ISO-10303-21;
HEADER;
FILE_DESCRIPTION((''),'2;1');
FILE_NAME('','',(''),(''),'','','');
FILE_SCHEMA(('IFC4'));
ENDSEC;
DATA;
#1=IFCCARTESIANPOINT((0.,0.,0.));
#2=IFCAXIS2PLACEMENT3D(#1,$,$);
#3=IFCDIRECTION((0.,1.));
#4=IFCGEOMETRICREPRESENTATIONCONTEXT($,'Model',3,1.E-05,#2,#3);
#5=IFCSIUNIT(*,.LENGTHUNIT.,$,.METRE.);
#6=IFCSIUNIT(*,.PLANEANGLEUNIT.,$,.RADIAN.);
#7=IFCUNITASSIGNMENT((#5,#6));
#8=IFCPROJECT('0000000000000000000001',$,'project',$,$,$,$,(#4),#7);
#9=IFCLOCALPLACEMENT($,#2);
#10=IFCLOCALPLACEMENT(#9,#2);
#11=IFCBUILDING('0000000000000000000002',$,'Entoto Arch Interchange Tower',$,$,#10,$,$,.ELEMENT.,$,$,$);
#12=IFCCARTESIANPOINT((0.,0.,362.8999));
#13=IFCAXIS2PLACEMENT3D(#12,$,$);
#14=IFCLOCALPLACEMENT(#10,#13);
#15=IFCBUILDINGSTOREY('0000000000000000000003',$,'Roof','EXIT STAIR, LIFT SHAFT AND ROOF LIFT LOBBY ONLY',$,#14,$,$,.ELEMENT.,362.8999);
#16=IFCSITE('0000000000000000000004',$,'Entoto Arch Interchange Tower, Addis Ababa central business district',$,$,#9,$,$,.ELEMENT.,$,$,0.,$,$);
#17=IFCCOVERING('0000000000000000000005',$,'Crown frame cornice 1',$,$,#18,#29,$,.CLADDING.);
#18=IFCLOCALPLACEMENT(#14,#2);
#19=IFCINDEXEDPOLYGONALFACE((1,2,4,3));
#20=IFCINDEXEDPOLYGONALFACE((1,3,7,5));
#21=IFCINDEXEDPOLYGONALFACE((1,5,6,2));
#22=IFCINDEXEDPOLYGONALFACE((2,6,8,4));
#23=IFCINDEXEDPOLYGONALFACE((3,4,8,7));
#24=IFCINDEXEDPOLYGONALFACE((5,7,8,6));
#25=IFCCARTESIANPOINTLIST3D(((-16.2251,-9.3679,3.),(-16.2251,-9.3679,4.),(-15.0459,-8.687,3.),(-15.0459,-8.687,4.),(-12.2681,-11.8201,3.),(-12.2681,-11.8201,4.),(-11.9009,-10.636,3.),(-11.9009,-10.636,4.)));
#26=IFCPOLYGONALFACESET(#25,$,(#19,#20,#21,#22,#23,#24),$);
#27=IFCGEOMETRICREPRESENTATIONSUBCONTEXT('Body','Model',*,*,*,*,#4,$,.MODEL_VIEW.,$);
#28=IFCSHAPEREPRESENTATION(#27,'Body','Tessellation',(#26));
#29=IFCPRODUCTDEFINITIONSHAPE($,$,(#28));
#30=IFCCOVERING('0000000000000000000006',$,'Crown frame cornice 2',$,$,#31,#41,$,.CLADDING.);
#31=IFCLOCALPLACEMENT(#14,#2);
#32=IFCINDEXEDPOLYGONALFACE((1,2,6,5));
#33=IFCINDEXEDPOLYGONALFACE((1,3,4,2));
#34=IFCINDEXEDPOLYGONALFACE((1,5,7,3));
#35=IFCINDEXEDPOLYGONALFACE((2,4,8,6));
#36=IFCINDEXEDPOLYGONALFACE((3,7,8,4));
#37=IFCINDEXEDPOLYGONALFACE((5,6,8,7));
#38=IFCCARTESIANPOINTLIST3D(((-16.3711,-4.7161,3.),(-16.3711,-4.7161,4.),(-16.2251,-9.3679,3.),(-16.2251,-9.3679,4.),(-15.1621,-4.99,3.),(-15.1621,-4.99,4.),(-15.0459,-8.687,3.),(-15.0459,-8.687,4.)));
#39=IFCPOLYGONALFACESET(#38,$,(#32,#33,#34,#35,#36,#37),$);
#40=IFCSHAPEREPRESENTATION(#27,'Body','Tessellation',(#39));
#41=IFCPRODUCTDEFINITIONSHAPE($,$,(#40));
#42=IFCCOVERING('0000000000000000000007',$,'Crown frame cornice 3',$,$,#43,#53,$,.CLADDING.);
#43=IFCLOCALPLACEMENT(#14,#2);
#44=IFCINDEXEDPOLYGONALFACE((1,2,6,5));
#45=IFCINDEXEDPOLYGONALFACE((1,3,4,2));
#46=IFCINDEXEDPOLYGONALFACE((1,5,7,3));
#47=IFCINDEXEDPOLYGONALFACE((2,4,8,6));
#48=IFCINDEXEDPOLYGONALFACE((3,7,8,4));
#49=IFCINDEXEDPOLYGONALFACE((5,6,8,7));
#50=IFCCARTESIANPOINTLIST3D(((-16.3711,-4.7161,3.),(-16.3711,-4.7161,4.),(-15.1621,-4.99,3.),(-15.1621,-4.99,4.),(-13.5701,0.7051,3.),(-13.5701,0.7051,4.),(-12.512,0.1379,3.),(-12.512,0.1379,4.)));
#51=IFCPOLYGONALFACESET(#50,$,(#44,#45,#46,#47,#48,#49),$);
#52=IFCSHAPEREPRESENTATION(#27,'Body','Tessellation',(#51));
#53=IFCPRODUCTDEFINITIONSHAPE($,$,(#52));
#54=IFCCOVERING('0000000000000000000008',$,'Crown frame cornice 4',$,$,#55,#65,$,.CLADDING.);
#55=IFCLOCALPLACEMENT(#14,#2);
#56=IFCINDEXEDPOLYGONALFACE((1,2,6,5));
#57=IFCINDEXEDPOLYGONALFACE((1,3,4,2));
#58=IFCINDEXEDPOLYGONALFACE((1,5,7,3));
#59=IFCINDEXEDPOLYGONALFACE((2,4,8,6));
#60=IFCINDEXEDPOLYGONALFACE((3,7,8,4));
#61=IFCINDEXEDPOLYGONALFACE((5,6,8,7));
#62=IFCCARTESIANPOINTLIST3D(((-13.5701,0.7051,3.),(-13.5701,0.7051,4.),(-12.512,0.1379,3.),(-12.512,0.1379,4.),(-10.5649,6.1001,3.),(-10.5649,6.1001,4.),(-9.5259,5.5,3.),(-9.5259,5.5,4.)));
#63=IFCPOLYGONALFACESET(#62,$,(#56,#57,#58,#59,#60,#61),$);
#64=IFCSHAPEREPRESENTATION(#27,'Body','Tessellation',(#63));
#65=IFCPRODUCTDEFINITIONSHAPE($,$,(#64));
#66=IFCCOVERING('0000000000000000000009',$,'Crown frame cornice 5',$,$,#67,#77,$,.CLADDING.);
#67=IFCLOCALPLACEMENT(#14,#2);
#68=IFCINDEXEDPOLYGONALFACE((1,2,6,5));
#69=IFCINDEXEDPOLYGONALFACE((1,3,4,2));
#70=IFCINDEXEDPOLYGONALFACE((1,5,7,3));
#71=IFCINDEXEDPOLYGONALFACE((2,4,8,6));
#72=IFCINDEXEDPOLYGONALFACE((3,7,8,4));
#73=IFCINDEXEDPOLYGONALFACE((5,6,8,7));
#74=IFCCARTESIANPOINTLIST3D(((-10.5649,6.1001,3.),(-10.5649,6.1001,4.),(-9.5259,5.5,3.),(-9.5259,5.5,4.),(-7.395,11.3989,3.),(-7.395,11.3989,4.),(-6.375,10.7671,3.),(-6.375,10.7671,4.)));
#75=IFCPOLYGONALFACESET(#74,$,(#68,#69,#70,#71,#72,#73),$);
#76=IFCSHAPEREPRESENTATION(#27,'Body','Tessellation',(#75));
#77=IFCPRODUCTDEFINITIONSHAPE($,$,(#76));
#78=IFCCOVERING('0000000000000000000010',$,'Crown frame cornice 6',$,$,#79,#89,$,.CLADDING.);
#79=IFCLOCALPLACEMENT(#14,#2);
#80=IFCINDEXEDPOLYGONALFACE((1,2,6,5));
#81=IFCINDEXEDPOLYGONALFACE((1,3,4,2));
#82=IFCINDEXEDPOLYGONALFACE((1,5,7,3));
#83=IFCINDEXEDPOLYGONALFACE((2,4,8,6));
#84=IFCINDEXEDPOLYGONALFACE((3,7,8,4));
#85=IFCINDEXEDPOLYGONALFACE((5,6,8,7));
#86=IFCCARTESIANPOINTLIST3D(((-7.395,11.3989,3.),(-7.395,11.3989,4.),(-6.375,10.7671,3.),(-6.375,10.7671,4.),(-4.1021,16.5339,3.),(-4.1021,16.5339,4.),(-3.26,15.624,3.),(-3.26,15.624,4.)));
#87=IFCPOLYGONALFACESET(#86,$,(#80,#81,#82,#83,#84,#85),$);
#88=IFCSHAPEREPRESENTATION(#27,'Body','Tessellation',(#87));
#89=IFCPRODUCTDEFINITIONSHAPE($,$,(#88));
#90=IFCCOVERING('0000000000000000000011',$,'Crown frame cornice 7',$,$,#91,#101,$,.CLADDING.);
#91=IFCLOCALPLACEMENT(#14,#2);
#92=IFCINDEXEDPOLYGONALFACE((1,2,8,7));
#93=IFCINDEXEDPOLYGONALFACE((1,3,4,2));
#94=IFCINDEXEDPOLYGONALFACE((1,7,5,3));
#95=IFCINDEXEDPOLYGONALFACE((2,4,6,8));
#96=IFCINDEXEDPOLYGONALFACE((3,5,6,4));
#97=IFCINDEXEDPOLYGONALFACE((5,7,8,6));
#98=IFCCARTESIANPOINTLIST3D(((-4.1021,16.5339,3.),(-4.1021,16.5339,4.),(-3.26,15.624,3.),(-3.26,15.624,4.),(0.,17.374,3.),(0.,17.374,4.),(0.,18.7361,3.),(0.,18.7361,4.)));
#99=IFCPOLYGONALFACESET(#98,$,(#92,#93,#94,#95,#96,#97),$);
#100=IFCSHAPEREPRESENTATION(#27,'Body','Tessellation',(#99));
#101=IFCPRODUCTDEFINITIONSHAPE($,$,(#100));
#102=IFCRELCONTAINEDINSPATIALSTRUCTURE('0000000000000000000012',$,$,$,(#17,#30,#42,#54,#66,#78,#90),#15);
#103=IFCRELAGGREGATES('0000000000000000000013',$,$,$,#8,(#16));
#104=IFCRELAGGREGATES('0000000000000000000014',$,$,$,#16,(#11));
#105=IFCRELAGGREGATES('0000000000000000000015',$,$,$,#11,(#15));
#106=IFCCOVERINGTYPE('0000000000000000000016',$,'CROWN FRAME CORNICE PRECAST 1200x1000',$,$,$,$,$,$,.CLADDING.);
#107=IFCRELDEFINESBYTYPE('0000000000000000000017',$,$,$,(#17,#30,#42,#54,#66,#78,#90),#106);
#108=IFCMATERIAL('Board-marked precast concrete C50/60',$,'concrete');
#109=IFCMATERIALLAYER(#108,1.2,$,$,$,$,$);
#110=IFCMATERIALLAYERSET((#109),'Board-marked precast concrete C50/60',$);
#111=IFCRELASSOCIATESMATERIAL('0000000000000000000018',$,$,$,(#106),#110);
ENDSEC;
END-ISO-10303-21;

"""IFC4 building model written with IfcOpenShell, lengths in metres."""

from ifc_helpers import new_model, si_unit, direction, frame, origin, place, context, subcontext, project, spatial, polyline, outline, extrude, material, layer, layer_set, type_object, element, save


model = new_model("IFC4")

# Units and contexts
model_context = context("Model", 3, precision=1e-05, world=origin(), true_north=direction((0.0, 1.0)))
body_context = subcontext(model_context, "Body", "Model", "MODEL_VIEW")
ifc_project = project(units=[si_unit("LENGTHUNIT", "METRE"), si_unit("PLANEANGLEUNIT", "RADIAN")], contexts=[model_context])

# Site, building, storey
site_placement = place(None, origin())
site = spatial("IfcSite", under=ifc_project, at=site_placement, Name="Entoto Arch Interchange Tower, Addis Ababa central business district", CompositionType="ELEMENT", RefElevation=0.0)
building_placement = place(site_placement, origin())
building = spatial("IfcBuilding", under=site, at=building_placement, Name="Entoto Arch Interchange Tower", CompositionType="ELEMENT")
storey_placement = place(building_placement, frame((0.0, 0.0, 362.8999)))
storey = spatial("IfcBuildingStorey", under=building, at=storey_placement, Name="Roof", Description="EXIT STAIR, LIFT SHAFT AND ROOF LIFT LOBBY ONLY", CompositionType="ELEMENT", Elevation=362.8999)

# Shared definitions
ifc_material_1 = material(Name="Board-marked precast concrete C50/60", Category="concrete")

# Coverings
ifc_layer_1 = layer(ifc_material_1, 1.2)
ifc_layer_set_1 = layer_set([ifc_layer_1], Name="Board-marked precast concrete C50/60")
covering_type = type_object("IfcCoveringType", Name="CROWN FRAME CORNICE PRECAST 1200x1000", PredefinedType="CLADDING", material=ifc_layer_set_1)
covering_1_placement = place(storey_placement, frame((0.0, 0.0, 3.0)))
element("IfcCovering", 1, at=covering_1_placement, inside=storey, type_object=covering_type, Name="Crown frame cornice 1", PredefinedType="CLADDING", context=body_context, shape_type="SweptSolid", body=[
    extrude(outline(polyline([(-12.2681, -11.8201), (-16.2251, -9.3679), (-15.0459, -8.687), (-11.9009, -10.636), (-12.2681, -11.8201)])), origin(), (0.0, 0.0, 1.0), 1.0),
])
covering_2_placement = place(storey_placement, frame((0.0, 0.0, 3.0)))
element("IfcCovering", 2, at=covering_2_placement, inside=storey, type_object=covering_type, Name="Crown frame cornice 2", PredefinedType="CLADDING", context=body_context, shape_type="SweptSolid", body=[
    extrude(outline(polyline([(-16.2251, -9.3679), (-16.3711, -4.7161), (-15.1621, -4.99), (-15.0459, -8.687), (-16.2251, -9.3679)])), origin(), (0.0, 0.0, 1.0), 1.0),
])
covering_3_placement = place(storey_placement, frame((0.0, 0.0, 3.0)))
element("IfcCovering", 3, at=covering_3_placement, inside=storey, type_object=covering_type, Name="Crown frame cornice 3", PredefinedType="CLADDING", context=body_context, shape_type="SweptSolid", body=[
    extrude(outline(polyline([(-16.3711, -4.7161), (-13.5701, 0.7051), (-12.512, 0.1379), (-15.1621, -4.99), (-16.3711, -4.7161)])), origin(), (0.0, 0.0, 1.0), 1.0),
])
covering_4_placement = place(storey_placement, frame((0.0, 0.0, 3.0)))
element("IfcCovering", 4, at=covering_4_placement, inside=storey, type_object=covering_type, Name="Crown frame cornice 4", PredefinedType="CLADDING", context=body_context, shape_type="SweptSolid", body=[
    extrude(outline(polyline([(-13.5701, 0.7051), (-10.5649, 6.1001), (-9.5259, 5.5), (-12.512, 0.1379), (-13.5701, 0.7051)])), origin(), (0.0, 0.0, 1.0), 1.0),
])
covering_5_placement = place(storey_placement, frame((0.0, 0.0, 3.0)))
element("IfcCovering", 5, at=covering_5_placement, inside=storey, type_object=covering_type, Name="Crown frame cornice 5", PredefinedType="CLADDING", context=body_context, shape_type="SweptSolid", body=[
    extrude(outline(polyline([(-10.5649, 6.1001), (-7.395, 11.3989), (-6.375, 10.7671), (-9.5259, 5.5), (-10.5649, 6.1001)])), origin(), (0.0, 0.0, 1.0), 1.0),
])
covering_6_placement = place(storey_placement, frame((0.0, 0.0, 3.0)))
element("IfcCovering", 6, at=covering_6_placement, inside=storey, type_object=covering_type, Name="Crown frame cornice 6", PredefinedType="CLADDING", context=body_context, shape_type="SweptSolid", body=[
    extrude(outline(polyline([(-7.395, 11.3989), (-4.1021, 16.5339), (-3.26, 15.624), (-6.375, 10.7671), (-7.395, 11.3989)])), origin(), (0.0, 0.0, 1.0), 1.0),
])
covering_7_placement = place(storey_placement, frame((0.0, 0.0, 3.0)))
element("IfcCovering", 7, at=covering_7_placement, inside=storey, type_object=covering_type, Name="Crown frame cornice 7", PredefinedType="CLADDING", context=body_context, shape_type="SweptSolid", body=[
    extrude(outline(polyline([(-4.1021, 16.5339), (0.0, 18.7361), (0.0, 17.374), (-3.26, 15.624), (-4.1021, 16.5339)])), origin(), (0.0, 0.0, 1.0), 1.0),
])

save(model, "model.ifc")
